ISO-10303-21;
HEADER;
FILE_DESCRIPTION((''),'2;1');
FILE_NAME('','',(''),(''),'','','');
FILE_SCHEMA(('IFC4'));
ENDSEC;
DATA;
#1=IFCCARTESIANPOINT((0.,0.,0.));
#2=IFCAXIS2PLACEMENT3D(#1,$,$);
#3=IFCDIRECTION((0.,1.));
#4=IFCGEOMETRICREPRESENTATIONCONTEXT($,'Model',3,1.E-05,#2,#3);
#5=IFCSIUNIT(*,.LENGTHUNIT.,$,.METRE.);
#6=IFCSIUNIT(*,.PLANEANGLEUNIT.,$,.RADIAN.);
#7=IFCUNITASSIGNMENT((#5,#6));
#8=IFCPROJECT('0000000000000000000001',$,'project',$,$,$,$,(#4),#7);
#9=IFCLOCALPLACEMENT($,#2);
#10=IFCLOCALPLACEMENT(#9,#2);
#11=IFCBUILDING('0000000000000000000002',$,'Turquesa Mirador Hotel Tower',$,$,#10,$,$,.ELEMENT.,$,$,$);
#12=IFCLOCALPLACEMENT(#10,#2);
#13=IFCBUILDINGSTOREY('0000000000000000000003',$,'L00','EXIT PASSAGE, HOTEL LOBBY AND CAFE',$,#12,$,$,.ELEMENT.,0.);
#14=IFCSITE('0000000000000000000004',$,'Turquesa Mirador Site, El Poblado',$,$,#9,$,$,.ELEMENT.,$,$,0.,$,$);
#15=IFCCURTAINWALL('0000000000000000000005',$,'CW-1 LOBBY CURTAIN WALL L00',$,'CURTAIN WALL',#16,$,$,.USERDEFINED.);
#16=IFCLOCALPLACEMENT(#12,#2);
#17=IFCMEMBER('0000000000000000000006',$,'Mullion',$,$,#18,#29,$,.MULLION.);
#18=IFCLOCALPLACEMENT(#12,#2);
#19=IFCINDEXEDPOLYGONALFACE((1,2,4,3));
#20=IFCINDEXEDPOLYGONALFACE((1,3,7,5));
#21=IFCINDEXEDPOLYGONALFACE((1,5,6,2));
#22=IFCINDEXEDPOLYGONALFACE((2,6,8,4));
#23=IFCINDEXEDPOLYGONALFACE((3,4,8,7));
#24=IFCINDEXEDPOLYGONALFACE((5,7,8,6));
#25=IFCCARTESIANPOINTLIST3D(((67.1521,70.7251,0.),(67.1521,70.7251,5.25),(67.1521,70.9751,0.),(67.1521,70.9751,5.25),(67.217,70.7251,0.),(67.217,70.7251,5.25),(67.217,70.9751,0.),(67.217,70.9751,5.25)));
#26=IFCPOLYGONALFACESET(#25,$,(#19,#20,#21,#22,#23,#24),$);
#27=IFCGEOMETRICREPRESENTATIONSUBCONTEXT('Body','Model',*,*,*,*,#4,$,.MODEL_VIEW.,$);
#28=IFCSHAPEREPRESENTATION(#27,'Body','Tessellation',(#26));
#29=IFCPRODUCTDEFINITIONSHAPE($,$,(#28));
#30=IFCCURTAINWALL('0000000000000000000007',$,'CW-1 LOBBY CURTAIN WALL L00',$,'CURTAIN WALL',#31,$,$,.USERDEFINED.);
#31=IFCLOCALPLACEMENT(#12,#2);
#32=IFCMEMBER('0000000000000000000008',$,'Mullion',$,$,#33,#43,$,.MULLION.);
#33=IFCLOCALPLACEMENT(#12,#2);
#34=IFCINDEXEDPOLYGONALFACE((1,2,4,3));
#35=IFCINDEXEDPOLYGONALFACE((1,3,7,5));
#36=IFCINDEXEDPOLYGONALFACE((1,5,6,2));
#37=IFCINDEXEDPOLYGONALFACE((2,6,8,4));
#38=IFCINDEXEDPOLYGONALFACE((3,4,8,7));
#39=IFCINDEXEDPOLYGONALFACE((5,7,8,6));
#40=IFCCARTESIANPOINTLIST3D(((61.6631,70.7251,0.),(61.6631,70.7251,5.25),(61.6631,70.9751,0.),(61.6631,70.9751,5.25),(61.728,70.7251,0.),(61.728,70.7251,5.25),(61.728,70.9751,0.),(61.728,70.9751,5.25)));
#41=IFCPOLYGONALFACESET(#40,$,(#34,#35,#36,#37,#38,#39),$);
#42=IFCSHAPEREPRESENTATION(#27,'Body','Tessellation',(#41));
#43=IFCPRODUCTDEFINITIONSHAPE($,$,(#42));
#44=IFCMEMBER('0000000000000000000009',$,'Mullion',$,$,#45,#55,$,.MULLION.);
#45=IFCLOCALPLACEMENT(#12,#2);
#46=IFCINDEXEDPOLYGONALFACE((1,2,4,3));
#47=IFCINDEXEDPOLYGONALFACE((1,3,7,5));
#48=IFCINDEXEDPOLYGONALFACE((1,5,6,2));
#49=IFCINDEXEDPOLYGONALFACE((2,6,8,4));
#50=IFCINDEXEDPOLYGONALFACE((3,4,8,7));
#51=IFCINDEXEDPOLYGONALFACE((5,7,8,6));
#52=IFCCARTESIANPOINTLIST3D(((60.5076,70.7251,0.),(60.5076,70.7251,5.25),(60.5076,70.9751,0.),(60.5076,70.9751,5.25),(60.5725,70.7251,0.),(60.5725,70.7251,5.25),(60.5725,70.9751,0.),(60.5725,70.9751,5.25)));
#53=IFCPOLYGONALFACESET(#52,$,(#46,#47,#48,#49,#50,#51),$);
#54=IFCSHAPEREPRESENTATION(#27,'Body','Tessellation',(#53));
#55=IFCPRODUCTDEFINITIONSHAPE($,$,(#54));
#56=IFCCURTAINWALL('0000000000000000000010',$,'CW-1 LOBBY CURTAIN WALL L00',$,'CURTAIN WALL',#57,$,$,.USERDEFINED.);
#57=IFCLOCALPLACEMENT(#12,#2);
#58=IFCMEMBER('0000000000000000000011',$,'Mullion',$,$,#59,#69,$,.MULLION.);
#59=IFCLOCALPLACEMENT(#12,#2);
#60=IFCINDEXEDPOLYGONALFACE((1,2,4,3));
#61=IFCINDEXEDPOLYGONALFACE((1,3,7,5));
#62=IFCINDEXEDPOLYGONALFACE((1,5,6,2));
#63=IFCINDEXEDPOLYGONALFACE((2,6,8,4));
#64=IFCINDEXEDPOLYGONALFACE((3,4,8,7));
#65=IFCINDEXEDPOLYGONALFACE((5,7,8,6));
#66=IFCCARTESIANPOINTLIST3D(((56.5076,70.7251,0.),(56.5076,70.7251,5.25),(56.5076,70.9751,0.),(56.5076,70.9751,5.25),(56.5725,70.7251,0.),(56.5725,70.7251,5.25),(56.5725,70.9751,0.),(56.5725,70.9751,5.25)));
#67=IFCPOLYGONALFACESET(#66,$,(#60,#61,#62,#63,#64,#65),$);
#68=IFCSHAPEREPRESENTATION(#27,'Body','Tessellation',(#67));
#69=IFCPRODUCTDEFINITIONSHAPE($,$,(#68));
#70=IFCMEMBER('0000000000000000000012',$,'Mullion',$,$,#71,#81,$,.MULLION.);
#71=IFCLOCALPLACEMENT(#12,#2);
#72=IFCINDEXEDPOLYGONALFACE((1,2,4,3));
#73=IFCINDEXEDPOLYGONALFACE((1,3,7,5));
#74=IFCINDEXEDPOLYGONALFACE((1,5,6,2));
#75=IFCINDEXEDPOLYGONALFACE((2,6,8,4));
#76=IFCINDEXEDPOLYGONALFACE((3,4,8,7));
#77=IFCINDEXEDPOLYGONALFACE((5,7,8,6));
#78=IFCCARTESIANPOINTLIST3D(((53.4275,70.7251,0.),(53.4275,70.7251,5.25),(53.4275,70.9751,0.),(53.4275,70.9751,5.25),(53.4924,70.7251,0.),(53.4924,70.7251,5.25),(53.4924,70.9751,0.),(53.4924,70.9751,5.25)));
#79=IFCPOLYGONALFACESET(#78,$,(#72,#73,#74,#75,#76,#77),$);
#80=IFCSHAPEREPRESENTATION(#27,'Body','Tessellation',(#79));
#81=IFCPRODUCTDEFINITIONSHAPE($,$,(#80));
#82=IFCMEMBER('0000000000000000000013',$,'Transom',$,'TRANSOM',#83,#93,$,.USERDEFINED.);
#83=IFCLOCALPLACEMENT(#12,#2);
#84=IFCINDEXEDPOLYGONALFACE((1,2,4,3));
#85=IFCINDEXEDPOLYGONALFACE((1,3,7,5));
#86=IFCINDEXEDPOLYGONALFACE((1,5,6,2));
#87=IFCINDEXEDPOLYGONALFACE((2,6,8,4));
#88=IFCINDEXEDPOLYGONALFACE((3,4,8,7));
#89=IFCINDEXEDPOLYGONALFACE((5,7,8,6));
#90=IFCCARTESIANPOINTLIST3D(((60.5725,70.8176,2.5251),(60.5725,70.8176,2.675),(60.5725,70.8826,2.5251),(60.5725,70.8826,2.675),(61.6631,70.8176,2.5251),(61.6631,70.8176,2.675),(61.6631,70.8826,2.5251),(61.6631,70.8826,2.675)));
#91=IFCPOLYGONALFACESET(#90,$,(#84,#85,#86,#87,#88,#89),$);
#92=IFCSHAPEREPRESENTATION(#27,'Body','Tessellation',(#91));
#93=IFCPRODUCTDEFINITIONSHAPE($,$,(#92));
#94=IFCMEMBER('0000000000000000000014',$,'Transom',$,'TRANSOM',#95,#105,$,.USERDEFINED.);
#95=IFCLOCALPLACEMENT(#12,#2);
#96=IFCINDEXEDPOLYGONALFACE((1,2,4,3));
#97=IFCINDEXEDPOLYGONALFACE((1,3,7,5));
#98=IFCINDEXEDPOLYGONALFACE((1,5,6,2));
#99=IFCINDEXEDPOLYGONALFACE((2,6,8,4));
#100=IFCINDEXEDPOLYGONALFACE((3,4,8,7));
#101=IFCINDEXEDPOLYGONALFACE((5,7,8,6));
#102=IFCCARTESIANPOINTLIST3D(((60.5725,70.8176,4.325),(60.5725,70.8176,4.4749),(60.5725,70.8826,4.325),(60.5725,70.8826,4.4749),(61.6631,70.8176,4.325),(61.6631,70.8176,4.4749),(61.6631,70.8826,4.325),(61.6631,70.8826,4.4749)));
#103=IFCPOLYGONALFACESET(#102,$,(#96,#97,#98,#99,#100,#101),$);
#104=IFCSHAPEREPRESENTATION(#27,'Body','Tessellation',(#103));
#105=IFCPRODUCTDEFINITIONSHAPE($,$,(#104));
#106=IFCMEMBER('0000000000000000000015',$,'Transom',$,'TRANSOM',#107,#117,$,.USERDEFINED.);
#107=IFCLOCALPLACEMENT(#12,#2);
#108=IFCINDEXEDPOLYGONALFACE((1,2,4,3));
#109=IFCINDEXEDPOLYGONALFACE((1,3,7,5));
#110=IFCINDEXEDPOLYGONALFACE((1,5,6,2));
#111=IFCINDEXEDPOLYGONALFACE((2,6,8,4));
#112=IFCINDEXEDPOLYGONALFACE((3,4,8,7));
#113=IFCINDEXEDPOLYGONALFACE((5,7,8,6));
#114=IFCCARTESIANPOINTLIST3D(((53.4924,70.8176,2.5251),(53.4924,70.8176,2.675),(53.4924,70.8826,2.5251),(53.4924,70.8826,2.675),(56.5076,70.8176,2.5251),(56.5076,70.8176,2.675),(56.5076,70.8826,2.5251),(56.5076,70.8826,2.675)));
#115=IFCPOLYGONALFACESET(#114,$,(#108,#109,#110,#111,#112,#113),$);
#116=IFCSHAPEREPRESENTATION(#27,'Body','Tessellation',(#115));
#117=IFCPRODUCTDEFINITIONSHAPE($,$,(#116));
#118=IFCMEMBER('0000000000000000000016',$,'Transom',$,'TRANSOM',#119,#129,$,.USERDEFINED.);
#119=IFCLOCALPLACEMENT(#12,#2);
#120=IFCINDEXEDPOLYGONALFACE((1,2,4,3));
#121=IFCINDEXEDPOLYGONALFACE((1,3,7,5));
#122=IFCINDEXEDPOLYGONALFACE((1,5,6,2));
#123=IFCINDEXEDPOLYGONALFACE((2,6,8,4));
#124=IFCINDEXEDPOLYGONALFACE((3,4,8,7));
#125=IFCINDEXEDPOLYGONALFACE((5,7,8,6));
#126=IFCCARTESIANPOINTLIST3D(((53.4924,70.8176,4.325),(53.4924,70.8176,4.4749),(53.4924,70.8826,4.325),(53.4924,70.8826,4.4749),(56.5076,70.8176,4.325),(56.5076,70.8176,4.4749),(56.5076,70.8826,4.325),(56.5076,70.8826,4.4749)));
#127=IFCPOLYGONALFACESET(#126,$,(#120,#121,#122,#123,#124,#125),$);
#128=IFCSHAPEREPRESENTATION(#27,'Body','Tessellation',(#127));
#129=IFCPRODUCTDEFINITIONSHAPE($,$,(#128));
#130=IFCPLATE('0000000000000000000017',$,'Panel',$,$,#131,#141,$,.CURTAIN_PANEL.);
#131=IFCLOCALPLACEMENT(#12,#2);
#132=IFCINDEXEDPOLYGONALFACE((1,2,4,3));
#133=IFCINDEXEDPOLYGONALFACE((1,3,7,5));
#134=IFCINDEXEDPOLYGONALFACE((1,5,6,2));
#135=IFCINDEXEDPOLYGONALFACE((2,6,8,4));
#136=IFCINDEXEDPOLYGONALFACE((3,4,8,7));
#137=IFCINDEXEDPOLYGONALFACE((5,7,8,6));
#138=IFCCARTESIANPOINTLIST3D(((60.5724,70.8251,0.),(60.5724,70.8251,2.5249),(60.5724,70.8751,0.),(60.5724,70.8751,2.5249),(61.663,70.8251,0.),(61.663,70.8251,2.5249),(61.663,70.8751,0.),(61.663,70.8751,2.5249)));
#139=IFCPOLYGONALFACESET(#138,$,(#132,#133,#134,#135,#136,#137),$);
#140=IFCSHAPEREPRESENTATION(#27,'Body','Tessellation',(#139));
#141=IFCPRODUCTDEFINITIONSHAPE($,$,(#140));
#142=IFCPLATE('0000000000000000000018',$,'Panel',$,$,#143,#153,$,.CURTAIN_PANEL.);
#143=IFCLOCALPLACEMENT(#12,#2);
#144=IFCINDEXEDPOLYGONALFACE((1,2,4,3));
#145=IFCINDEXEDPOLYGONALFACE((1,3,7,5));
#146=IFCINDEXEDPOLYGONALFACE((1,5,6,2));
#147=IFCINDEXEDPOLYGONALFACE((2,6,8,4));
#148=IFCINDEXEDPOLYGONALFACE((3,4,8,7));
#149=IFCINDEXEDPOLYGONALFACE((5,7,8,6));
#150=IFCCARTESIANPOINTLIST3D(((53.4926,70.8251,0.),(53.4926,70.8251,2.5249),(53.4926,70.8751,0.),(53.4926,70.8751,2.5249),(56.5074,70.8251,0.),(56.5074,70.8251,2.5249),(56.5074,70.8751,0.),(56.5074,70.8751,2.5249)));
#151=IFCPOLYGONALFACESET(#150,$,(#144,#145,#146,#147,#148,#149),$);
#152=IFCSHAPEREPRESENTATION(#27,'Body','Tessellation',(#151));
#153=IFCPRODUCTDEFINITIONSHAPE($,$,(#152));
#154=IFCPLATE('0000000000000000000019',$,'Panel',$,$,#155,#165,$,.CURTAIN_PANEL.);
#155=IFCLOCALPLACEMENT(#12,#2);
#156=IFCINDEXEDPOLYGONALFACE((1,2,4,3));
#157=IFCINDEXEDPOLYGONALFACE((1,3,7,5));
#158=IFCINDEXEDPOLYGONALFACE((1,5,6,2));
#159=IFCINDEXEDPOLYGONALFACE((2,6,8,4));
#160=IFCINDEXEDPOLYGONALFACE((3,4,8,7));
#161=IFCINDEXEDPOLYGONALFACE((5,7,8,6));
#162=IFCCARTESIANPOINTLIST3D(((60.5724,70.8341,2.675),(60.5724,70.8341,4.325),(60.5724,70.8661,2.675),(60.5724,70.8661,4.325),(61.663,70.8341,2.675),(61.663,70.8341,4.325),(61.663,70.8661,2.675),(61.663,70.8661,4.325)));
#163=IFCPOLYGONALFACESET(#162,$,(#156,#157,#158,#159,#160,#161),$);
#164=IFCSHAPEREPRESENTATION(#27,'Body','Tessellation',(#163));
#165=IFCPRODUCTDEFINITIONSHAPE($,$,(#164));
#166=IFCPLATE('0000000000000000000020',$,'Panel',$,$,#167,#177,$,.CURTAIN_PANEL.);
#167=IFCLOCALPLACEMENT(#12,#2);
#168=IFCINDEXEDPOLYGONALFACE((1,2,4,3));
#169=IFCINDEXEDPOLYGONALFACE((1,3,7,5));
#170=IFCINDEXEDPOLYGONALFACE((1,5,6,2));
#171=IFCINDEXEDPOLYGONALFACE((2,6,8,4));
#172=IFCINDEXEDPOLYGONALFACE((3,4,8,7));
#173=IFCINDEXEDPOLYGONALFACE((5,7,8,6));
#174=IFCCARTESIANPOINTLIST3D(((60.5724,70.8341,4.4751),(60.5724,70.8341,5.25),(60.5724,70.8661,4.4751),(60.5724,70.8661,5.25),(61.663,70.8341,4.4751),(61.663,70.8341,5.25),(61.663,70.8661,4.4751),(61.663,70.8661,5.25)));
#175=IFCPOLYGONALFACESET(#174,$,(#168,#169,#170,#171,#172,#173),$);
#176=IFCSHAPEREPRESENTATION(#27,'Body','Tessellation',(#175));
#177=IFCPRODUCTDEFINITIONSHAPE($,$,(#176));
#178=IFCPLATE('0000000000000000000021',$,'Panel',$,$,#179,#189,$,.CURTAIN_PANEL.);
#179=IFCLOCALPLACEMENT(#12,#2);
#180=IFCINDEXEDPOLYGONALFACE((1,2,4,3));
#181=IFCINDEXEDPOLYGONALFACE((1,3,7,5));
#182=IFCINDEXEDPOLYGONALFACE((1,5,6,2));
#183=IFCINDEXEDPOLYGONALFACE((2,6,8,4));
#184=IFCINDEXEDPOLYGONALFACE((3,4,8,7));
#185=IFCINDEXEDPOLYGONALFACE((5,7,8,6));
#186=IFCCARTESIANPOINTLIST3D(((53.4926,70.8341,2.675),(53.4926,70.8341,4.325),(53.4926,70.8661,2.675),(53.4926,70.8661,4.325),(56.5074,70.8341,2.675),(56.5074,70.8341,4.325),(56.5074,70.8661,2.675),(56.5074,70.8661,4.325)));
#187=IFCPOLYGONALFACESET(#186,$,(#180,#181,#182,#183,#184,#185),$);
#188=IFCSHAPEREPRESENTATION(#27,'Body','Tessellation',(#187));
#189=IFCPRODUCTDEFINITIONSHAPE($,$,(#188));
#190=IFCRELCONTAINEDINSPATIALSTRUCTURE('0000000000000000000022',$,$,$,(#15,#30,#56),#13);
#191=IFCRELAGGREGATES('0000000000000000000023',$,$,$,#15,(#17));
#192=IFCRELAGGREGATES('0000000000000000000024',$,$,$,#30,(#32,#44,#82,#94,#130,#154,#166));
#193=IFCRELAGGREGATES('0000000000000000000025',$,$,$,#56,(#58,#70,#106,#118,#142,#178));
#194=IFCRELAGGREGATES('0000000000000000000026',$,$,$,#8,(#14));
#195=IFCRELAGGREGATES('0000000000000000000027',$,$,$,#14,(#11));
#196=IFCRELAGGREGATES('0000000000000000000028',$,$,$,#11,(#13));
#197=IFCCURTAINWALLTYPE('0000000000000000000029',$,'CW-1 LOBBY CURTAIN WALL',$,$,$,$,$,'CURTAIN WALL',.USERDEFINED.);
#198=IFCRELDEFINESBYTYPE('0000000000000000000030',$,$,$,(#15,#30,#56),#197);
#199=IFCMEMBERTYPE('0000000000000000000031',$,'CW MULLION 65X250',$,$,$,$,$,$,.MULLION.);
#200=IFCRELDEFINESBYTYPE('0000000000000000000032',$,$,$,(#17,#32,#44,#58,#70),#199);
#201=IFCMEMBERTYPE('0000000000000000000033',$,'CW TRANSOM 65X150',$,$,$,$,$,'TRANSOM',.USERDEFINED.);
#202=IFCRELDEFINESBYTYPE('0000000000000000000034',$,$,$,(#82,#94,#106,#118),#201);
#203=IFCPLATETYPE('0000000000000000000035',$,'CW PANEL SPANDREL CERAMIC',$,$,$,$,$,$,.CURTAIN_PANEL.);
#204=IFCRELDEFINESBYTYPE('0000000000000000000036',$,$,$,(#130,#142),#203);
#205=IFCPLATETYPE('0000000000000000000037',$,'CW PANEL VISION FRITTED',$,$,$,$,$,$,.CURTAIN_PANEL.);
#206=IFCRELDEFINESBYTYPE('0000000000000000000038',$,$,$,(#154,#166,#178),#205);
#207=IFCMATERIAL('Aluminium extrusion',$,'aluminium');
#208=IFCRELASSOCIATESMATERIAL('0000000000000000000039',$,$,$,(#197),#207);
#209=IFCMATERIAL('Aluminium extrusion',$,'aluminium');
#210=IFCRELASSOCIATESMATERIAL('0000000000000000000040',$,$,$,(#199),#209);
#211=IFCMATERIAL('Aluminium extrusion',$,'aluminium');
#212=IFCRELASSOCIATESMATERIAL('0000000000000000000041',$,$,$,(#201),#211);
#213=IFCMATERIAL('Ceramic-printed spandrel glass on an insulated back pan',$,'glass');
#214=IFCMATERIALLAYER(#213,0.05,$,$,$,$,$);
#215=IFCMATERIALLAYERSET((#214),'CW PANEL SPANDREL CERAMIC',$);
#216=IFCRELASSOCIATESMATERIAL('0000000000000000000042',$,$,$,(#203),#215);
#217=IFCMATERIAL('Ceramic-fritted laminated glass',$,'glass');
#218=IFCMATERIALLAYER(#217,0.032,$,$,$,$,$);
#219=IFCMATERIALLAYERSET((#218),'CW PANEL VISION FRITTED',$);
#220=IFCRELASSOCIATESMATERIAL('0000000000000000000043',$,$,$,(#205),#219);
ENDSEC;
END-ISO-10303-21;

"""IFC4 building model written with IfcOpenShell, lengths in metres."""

from ifc_helpers import new_model, si_unit, direction, frame, origin, origin_2d, place, context, subcontext, project, spatial, rectangle, extrude, material, layer, layer_set, material_profile, profile_set, type_object, element, aggregate, save


model = new_model("IFC4")

# Units and contexts
model_context = context("Model", 3, precision=1e-05, world=origin(), true_north=direction((0.0, 1.0)))
body_context = subcontext(model_context, "Body", "Model", "MODEL_VIEW")
ifc_project = project(units=[si_unit("LENGTHUNIT", "METRE"), si_unit("PLANEANGLEUNIT", "RADIAN")], contexts=[model_context])

# Site, building, storey
site_placement = place(None, origin())
site = spatial("IfcSite", under=ifc_project, at=site_placement, Name="Turquesa Mirador Site, El Poblado", CompositionType="ELEMENT", RefElevation=0.0)
building_placement = place(site_placement, origin())
building = spatial("IfcBuilding", under=site, at=building_placement, Name="Turquesa Mirador Hotel Tower", CompositionType="ELEMENT")
storey_placement = place(building_placement, origin())
storey = spatial("IfcBuildingStorey", under=building, at=storey_placement, Name="L00", Description="EXIT PASSAGE, HOTEL LOBBY AND CAFE", CompositionType="ELEMENT", Elevation=0.0)

# Curtain wall, member
ifc_material_1 = material(Name="Aluminium extrusion", Category="aluminium")
curtain_wall_type = type_object("IfcCurtainWallType", Name="CW-1 LOBBY CURTAIN WALL", ElementType="CURTAIN WALL", PredefinedType="USERDEFINED", material=ifc_material_1)
curtain_wall_1_placement = place(storey_placement, origin())
curtain_wall_1 = element("IfcCurtainWall", 1, at=curtain_wall_1_placement, inside=storey, type_object=curtain_wall_type, Name="CW-1 LOBBY CURTAIN WALL L00", ObjectType="CURTAIN WALL", PredefinedType="USERDEFINED")
ifc_material_2 = material(Name="Aluminium extrusion", Category="aluminium")
ifc_material_profile_1 = material_profile(ifc_material_2, rectangle(XDim=0.0649, YDim=0.25, at=origin_2d()), Name="MULLION 65X250")
ifc_profile_set_1 = profile_set([ifc_material_profile_1], Name="Aluminium extrusion")
member_type_1 = type_object("IfcMemberType", Name="CW MULLION 65X250", PredefinedType="MULLION", material=ifc_profile_set_1)
member_1_placement = place(storey_placement, frame((67.1846, 70.8501, 0.0), z_axis=(0.0, 0.0, 1.0), x_axis=(-1.0, 0.0, 0.0)))
member_1 = element("IfcMember", 2, at=member_1_placement, type_object=member_type_1, Name="Mullion", PredefinedType="MULLION", context=body_context, shape_type="SweptSolid", body=[
    extrude(rectangle(XDim=0.0649, YDim=0.25, at=origin_2d()), origin(), (0.0, 0.0, 1.0), 5.25),
])
aggregate(curtain_wall_1, [member_1])

# Curtain walls, members
curtain_wall_2_placement = place(storey_placement, origin())
curtain_wall_2 = element("IfcCurtainWall", 3, at=curtain_wall_2_placement, inside=storey, type_object=curtain_wall_type, Name="CW-1 LOBBY CURTAIN WALL L00", ObjectType="CURTAIN WALL", PredefinedType="USERDEFINED")
member_2_placement = place(storey_placement, frame((61.6956, 70.8501, 0.0), z_axis=(0.0, 0.0, 1.0), x_axis=(-1.0, 0.0, 0.0)))
member_2 = element("IfcMember", 4, at=member_2_placement, type_object=member_type_1, Name="Mullion", PredefinedType="MULLION", context=body_context, shape_type="SweptSolid", body=[
    extrude(rectangle(XDim=0.0649, YDim=0.25, at=origin_2d()), origin(), (0.0, 0.0, 1.0), 5.25),
])
member_3_placement = place(storey_placement, frame((60.54, 70.8501, 0.0), z_axis=(0.0, 0.0, 1.0), x_axis=(-1.0, 0.0, 0.0)))
member_3 = element("IfcMember", 5, at=member_3_placement, type_object=member_type_1, Name="Mullion", PredefinedType="MULLION", context=body_context, shape_type="SweptSolid", body=[
    extrude(rectangle(XDim=0.0649, YDim=0.25, at=origin_2d()), origin(), (0.0, 0.0, 1.0), 5.25),
])
curtain_wall_3_placement = place(storey_placement, origin())
curtain_wall_3 = element("IfcCurtainWall", 6, at=curtain_wall_3_placement, inside=storey, type_object=curtain_wall_type, Name="CW-1 LOBBY CURTAIN WALL L00", ObjectType="CURTAIN WALL", PredefinedType="USERDEFINED")
member_4_placement = place(storey_placement, frame((56.54, 70.8501, 0.0), z_axis=(0.0, 0.0, 1.0), x_axis=(-1.0, 0.0, 0.0)))
member_4 = element("IfcMember", 7, at=member_4_placement, type_object=member_type_1, Name="Mullion", PredefinedType="MULLION", context=body_context, shape_type="SweptSolid", body=[
    extrude(rectangle(XDim=0.0649, YDim=0.25, at=origin_2d()), origin(), (0.0, 0.0, 1.0), 5.25),
])
member_5_placement = place(storey_placement, frame((53.46, 70.8501, 0.0), z_axis=(0.0, 0.0, 1.0), x_axis=(-1.0, 0.0, 0.0)))
member_5 = element("IfcMember", 8, at=member_5_placement, type_object=member_type_1, Name="Mullion", PredefinedType="MULLION", context=body_context, shape_type="SweptSolid", body=[
    extrude(rectangle(XDim=0.0649, YDim=0.25, at=origin_2d()), origin(), (0.0, 0.0, 1.0), 5.25),
])

# Members
ifc_material_3 = material(Name="Aluminium extrusion", Category="aluminium")
ifc_material_profile_2 = material_profile(ifc_material_3, rectangle(XDim=0.0649, YDim=0.1499, at=origin_2d()), Name="TRANSOM 65X150")
ifc_profile_set_2 = profile_set([ifc_material_profile_2], Name="Aluminium extrusion")
member_type_2 = type_object("IfcMemberType", Name="CW TRANSOM 65X150", ElementType="TRANSOM", PredefinedType="USERDEFINED", material=ifc_profile_set_2)
member_6_placement = place(storey_placement, frame((61.6631, 70.8501, 2.6001), z_axis=(-1.0, 0.0, 0.0), x_axis=(0.0, -1.0, 0.0)))
member_6 = element("IfcMember", 9, at=member_6_placement, type_object=member_type_2, Name="Transom", ObjectType="TRANSOM", PredefinedType="USERDEFINED", context=body_context, shape_type="SweptSolid", body=[
    extrude(rectangle(XDim=0.0649, YDim=0.1499, at=origin_2d()), origin(), (0.0, 0.0, 1.0), 1.0906),
])
member_7_placement = place(storey_placement, frame((61.6631, 70.8501, 4.3999), z_axis=(-1.0, 0.0, 0.0), x_axis=(0.0, -1.0, 0.0)))
member_7 = element("IfcMember", 10, at=member_7_placement, type_object=member_type_2, Name="Transom", ObjectType="TRANSOM", PredefinedType="USERDEFINED", context=body_context, shape_type="SweptSolid", body=[
    extrude(rectangle(XDim=0.0649, YDim=0.1499, at=origin_2d()), origin(), (0.0, 0.0, 1.0), 1.0906),
])
member_8_placement = place(storey_placement, frame((56.5076, 70.8501, 2.6001), z_axis=(-1.0, 0.0, 0.0), x_axis=(0.0, -1.0, 0.0)))
member_8 = element("IfcMember", 11, at=member_8_placement, type_object=member_type_2, Name="Transom", ObjectType="TRANSOM", PredefinedType="USERDEFINED", context=body_context, shape_type="SweptSolid", body=[
    extrude(rectangle(XDim=0.0649, YDim=0.1499, at=origin_2d()), origin(), (0.0, 0.0, 1.0), 3.0151),
])
member_9_placement = place(storey_placement, frame((56.5076, 70.8501, 4.3999), z_axis=(-1.0, 0.0, 0.0), x_axis=(0.0, -1.0, 0.0)))
member_9 = element("IfcMember", 12, at=member_9_placement, type_object=member_type_2, Name="Transom", ObjectType="TRANSOM", PredefinedType="USERDEFINED", context=body_context, shape_type="SweptSolid", body=[
    extrude(rectangle(XDim=0.0649, YDim=0.1499, at=origin_2d()), origin(), (0.0, 0.0, 1.0), 3.0151),
])

# Plates
ifc_material_4 = material(Name="Ceramic-printed spandrel glass on an insulated back pan", Category="glass")
ifc_layer_1 = layer(ifc_material_4, 0.05)
ifc_layer_set_1 = layer_set([ifc_layer_1], Name="CW PANEL SPANDREL CERAMIC")
plate_type_1 = type_object("IfcPlateType", Name="CW PANEL SPANDREL CERAMIC", PredefinedType="CURTAIN_PANEL", material=ifc_layer_set_1)
plate_1_placement = place(storey_placement, frame((61.1177, 70.8501, 0.0), z_axis=(0.0, 0.0, 1.0), x_axis=(-1.0, 0.0, 0.0)))
plate_1 = element("IfcPlate", 13, at=plate_1_placement, type_object=plate_type_1, Name="Panel", PredefinedType="CURTAIN_PANEL", context=body_context, shape_type="SweptSolid", body=[
    extrude(rectangle(XDim=1.0906, YDim=0.05, at=origin_2d()), origin(), (0.0, 0.0, 1.0), 2.5249),
])
plate_2_placement = place(storey_placement, frame((55.0, 70.8501, 0.0), z_axis=(0.0, 0.0, 1.0), x_axis=(-1.0, 0.0, 0.0)))
plate_2 = element("IfcPlate", 14, at=plate_2_placement, type_object=plate_type_1, Name="Panel", PredefinedType="CURTAIN_PANEL", context=body_context, shape_type="SweptSolid", body=[
    extrude(rectangle(XDim=3.0149, YDim=0.05, at=origin_2d()), origin(), (0.0, 0.0, 1.0), 2.5249),
])
ifc_material_5 = material(Name="Ceramic-fritted laminated glass", Category="glass")
ifc_layer_2 = layer(ifc_material_5, 0.032)
ifc_layer_set_2 = layer_set([ifc_layer_2], Name="CW PANEL VISION FRITTED")
plate_type_2 = type_object("IfcPlateType", Name="CW PANEL VISION FRITTED", PredefinedType="CURTAIN_PANEL", material=ifc_layer_set_2)
plate_3_placement = place(storey_placement, frame((61.1177, 70.8501, 2.675), z_axis=(0.0, 0.0, 1.0), x_axis=(-1.0, 0.0, 0.0)))
plate_3 = element("IfcPlate", 15, at=plate_3_placement, type_object=plate_type_2, Name="Panel", PredefinedType="CURTAIN_PANEL", context=body_context, shape_type="SweptSolid", body=[
    extrude(rectangle(XDim=1.0906, YDim=0.032, at=origin_2d()), origin(), (0.0, 0.0, 1.0), 1.6499),
])
plate_4_placement = place(storey_placement, frame((61.1177, 70.8501, 4.4751), z_axis=(0.0, 0.0, 1.0), x_axis=(-1.0, 0.0, 0.0)))
plate_4 = element("IfcPlate", 16, at=plate_4_placement, type_object=plate_type_2, Name="Panel", PredefinedType="CURTAIN_PANEL", context=body_context, shape_type="SweptSolid", body=[
    extrude(rectangle(XDim=1.0906, YDim=0.032, at=origin_2d()), origin(), (0.0, 0.0, 1.0), 0.7749),
])
aggregate(curtain_wall_2, [member_2, member_3, member_6, member_7, plate_1, plate_3, plate_4])
plate_5_placement = place(storey_placement, frame((55.0, 70.8501, 2.675), z_axis=(0.0, 0.0, 1.0), x_axis=(-1.0, 0.0, 0.0)))
plate_5 = element("IfcPlate", 17, at=plate_5_placement, type_object=plate_type_2, Name="Panel", PredefinedType="CURTAIN_PANEL", context=body_context, shape_type="SweptSolid", body=[
    extrude(rectangle(XDim=3.0149, YDim=0.032, at=origin_2d()), origin(), (0.0, 0.0, 1.0), 1.6499),
])
aggregate(curtain_wall_3, [member_4, member_5, member_8, member_9, plate_2, plate_5])

save(model, "model.ifc")
